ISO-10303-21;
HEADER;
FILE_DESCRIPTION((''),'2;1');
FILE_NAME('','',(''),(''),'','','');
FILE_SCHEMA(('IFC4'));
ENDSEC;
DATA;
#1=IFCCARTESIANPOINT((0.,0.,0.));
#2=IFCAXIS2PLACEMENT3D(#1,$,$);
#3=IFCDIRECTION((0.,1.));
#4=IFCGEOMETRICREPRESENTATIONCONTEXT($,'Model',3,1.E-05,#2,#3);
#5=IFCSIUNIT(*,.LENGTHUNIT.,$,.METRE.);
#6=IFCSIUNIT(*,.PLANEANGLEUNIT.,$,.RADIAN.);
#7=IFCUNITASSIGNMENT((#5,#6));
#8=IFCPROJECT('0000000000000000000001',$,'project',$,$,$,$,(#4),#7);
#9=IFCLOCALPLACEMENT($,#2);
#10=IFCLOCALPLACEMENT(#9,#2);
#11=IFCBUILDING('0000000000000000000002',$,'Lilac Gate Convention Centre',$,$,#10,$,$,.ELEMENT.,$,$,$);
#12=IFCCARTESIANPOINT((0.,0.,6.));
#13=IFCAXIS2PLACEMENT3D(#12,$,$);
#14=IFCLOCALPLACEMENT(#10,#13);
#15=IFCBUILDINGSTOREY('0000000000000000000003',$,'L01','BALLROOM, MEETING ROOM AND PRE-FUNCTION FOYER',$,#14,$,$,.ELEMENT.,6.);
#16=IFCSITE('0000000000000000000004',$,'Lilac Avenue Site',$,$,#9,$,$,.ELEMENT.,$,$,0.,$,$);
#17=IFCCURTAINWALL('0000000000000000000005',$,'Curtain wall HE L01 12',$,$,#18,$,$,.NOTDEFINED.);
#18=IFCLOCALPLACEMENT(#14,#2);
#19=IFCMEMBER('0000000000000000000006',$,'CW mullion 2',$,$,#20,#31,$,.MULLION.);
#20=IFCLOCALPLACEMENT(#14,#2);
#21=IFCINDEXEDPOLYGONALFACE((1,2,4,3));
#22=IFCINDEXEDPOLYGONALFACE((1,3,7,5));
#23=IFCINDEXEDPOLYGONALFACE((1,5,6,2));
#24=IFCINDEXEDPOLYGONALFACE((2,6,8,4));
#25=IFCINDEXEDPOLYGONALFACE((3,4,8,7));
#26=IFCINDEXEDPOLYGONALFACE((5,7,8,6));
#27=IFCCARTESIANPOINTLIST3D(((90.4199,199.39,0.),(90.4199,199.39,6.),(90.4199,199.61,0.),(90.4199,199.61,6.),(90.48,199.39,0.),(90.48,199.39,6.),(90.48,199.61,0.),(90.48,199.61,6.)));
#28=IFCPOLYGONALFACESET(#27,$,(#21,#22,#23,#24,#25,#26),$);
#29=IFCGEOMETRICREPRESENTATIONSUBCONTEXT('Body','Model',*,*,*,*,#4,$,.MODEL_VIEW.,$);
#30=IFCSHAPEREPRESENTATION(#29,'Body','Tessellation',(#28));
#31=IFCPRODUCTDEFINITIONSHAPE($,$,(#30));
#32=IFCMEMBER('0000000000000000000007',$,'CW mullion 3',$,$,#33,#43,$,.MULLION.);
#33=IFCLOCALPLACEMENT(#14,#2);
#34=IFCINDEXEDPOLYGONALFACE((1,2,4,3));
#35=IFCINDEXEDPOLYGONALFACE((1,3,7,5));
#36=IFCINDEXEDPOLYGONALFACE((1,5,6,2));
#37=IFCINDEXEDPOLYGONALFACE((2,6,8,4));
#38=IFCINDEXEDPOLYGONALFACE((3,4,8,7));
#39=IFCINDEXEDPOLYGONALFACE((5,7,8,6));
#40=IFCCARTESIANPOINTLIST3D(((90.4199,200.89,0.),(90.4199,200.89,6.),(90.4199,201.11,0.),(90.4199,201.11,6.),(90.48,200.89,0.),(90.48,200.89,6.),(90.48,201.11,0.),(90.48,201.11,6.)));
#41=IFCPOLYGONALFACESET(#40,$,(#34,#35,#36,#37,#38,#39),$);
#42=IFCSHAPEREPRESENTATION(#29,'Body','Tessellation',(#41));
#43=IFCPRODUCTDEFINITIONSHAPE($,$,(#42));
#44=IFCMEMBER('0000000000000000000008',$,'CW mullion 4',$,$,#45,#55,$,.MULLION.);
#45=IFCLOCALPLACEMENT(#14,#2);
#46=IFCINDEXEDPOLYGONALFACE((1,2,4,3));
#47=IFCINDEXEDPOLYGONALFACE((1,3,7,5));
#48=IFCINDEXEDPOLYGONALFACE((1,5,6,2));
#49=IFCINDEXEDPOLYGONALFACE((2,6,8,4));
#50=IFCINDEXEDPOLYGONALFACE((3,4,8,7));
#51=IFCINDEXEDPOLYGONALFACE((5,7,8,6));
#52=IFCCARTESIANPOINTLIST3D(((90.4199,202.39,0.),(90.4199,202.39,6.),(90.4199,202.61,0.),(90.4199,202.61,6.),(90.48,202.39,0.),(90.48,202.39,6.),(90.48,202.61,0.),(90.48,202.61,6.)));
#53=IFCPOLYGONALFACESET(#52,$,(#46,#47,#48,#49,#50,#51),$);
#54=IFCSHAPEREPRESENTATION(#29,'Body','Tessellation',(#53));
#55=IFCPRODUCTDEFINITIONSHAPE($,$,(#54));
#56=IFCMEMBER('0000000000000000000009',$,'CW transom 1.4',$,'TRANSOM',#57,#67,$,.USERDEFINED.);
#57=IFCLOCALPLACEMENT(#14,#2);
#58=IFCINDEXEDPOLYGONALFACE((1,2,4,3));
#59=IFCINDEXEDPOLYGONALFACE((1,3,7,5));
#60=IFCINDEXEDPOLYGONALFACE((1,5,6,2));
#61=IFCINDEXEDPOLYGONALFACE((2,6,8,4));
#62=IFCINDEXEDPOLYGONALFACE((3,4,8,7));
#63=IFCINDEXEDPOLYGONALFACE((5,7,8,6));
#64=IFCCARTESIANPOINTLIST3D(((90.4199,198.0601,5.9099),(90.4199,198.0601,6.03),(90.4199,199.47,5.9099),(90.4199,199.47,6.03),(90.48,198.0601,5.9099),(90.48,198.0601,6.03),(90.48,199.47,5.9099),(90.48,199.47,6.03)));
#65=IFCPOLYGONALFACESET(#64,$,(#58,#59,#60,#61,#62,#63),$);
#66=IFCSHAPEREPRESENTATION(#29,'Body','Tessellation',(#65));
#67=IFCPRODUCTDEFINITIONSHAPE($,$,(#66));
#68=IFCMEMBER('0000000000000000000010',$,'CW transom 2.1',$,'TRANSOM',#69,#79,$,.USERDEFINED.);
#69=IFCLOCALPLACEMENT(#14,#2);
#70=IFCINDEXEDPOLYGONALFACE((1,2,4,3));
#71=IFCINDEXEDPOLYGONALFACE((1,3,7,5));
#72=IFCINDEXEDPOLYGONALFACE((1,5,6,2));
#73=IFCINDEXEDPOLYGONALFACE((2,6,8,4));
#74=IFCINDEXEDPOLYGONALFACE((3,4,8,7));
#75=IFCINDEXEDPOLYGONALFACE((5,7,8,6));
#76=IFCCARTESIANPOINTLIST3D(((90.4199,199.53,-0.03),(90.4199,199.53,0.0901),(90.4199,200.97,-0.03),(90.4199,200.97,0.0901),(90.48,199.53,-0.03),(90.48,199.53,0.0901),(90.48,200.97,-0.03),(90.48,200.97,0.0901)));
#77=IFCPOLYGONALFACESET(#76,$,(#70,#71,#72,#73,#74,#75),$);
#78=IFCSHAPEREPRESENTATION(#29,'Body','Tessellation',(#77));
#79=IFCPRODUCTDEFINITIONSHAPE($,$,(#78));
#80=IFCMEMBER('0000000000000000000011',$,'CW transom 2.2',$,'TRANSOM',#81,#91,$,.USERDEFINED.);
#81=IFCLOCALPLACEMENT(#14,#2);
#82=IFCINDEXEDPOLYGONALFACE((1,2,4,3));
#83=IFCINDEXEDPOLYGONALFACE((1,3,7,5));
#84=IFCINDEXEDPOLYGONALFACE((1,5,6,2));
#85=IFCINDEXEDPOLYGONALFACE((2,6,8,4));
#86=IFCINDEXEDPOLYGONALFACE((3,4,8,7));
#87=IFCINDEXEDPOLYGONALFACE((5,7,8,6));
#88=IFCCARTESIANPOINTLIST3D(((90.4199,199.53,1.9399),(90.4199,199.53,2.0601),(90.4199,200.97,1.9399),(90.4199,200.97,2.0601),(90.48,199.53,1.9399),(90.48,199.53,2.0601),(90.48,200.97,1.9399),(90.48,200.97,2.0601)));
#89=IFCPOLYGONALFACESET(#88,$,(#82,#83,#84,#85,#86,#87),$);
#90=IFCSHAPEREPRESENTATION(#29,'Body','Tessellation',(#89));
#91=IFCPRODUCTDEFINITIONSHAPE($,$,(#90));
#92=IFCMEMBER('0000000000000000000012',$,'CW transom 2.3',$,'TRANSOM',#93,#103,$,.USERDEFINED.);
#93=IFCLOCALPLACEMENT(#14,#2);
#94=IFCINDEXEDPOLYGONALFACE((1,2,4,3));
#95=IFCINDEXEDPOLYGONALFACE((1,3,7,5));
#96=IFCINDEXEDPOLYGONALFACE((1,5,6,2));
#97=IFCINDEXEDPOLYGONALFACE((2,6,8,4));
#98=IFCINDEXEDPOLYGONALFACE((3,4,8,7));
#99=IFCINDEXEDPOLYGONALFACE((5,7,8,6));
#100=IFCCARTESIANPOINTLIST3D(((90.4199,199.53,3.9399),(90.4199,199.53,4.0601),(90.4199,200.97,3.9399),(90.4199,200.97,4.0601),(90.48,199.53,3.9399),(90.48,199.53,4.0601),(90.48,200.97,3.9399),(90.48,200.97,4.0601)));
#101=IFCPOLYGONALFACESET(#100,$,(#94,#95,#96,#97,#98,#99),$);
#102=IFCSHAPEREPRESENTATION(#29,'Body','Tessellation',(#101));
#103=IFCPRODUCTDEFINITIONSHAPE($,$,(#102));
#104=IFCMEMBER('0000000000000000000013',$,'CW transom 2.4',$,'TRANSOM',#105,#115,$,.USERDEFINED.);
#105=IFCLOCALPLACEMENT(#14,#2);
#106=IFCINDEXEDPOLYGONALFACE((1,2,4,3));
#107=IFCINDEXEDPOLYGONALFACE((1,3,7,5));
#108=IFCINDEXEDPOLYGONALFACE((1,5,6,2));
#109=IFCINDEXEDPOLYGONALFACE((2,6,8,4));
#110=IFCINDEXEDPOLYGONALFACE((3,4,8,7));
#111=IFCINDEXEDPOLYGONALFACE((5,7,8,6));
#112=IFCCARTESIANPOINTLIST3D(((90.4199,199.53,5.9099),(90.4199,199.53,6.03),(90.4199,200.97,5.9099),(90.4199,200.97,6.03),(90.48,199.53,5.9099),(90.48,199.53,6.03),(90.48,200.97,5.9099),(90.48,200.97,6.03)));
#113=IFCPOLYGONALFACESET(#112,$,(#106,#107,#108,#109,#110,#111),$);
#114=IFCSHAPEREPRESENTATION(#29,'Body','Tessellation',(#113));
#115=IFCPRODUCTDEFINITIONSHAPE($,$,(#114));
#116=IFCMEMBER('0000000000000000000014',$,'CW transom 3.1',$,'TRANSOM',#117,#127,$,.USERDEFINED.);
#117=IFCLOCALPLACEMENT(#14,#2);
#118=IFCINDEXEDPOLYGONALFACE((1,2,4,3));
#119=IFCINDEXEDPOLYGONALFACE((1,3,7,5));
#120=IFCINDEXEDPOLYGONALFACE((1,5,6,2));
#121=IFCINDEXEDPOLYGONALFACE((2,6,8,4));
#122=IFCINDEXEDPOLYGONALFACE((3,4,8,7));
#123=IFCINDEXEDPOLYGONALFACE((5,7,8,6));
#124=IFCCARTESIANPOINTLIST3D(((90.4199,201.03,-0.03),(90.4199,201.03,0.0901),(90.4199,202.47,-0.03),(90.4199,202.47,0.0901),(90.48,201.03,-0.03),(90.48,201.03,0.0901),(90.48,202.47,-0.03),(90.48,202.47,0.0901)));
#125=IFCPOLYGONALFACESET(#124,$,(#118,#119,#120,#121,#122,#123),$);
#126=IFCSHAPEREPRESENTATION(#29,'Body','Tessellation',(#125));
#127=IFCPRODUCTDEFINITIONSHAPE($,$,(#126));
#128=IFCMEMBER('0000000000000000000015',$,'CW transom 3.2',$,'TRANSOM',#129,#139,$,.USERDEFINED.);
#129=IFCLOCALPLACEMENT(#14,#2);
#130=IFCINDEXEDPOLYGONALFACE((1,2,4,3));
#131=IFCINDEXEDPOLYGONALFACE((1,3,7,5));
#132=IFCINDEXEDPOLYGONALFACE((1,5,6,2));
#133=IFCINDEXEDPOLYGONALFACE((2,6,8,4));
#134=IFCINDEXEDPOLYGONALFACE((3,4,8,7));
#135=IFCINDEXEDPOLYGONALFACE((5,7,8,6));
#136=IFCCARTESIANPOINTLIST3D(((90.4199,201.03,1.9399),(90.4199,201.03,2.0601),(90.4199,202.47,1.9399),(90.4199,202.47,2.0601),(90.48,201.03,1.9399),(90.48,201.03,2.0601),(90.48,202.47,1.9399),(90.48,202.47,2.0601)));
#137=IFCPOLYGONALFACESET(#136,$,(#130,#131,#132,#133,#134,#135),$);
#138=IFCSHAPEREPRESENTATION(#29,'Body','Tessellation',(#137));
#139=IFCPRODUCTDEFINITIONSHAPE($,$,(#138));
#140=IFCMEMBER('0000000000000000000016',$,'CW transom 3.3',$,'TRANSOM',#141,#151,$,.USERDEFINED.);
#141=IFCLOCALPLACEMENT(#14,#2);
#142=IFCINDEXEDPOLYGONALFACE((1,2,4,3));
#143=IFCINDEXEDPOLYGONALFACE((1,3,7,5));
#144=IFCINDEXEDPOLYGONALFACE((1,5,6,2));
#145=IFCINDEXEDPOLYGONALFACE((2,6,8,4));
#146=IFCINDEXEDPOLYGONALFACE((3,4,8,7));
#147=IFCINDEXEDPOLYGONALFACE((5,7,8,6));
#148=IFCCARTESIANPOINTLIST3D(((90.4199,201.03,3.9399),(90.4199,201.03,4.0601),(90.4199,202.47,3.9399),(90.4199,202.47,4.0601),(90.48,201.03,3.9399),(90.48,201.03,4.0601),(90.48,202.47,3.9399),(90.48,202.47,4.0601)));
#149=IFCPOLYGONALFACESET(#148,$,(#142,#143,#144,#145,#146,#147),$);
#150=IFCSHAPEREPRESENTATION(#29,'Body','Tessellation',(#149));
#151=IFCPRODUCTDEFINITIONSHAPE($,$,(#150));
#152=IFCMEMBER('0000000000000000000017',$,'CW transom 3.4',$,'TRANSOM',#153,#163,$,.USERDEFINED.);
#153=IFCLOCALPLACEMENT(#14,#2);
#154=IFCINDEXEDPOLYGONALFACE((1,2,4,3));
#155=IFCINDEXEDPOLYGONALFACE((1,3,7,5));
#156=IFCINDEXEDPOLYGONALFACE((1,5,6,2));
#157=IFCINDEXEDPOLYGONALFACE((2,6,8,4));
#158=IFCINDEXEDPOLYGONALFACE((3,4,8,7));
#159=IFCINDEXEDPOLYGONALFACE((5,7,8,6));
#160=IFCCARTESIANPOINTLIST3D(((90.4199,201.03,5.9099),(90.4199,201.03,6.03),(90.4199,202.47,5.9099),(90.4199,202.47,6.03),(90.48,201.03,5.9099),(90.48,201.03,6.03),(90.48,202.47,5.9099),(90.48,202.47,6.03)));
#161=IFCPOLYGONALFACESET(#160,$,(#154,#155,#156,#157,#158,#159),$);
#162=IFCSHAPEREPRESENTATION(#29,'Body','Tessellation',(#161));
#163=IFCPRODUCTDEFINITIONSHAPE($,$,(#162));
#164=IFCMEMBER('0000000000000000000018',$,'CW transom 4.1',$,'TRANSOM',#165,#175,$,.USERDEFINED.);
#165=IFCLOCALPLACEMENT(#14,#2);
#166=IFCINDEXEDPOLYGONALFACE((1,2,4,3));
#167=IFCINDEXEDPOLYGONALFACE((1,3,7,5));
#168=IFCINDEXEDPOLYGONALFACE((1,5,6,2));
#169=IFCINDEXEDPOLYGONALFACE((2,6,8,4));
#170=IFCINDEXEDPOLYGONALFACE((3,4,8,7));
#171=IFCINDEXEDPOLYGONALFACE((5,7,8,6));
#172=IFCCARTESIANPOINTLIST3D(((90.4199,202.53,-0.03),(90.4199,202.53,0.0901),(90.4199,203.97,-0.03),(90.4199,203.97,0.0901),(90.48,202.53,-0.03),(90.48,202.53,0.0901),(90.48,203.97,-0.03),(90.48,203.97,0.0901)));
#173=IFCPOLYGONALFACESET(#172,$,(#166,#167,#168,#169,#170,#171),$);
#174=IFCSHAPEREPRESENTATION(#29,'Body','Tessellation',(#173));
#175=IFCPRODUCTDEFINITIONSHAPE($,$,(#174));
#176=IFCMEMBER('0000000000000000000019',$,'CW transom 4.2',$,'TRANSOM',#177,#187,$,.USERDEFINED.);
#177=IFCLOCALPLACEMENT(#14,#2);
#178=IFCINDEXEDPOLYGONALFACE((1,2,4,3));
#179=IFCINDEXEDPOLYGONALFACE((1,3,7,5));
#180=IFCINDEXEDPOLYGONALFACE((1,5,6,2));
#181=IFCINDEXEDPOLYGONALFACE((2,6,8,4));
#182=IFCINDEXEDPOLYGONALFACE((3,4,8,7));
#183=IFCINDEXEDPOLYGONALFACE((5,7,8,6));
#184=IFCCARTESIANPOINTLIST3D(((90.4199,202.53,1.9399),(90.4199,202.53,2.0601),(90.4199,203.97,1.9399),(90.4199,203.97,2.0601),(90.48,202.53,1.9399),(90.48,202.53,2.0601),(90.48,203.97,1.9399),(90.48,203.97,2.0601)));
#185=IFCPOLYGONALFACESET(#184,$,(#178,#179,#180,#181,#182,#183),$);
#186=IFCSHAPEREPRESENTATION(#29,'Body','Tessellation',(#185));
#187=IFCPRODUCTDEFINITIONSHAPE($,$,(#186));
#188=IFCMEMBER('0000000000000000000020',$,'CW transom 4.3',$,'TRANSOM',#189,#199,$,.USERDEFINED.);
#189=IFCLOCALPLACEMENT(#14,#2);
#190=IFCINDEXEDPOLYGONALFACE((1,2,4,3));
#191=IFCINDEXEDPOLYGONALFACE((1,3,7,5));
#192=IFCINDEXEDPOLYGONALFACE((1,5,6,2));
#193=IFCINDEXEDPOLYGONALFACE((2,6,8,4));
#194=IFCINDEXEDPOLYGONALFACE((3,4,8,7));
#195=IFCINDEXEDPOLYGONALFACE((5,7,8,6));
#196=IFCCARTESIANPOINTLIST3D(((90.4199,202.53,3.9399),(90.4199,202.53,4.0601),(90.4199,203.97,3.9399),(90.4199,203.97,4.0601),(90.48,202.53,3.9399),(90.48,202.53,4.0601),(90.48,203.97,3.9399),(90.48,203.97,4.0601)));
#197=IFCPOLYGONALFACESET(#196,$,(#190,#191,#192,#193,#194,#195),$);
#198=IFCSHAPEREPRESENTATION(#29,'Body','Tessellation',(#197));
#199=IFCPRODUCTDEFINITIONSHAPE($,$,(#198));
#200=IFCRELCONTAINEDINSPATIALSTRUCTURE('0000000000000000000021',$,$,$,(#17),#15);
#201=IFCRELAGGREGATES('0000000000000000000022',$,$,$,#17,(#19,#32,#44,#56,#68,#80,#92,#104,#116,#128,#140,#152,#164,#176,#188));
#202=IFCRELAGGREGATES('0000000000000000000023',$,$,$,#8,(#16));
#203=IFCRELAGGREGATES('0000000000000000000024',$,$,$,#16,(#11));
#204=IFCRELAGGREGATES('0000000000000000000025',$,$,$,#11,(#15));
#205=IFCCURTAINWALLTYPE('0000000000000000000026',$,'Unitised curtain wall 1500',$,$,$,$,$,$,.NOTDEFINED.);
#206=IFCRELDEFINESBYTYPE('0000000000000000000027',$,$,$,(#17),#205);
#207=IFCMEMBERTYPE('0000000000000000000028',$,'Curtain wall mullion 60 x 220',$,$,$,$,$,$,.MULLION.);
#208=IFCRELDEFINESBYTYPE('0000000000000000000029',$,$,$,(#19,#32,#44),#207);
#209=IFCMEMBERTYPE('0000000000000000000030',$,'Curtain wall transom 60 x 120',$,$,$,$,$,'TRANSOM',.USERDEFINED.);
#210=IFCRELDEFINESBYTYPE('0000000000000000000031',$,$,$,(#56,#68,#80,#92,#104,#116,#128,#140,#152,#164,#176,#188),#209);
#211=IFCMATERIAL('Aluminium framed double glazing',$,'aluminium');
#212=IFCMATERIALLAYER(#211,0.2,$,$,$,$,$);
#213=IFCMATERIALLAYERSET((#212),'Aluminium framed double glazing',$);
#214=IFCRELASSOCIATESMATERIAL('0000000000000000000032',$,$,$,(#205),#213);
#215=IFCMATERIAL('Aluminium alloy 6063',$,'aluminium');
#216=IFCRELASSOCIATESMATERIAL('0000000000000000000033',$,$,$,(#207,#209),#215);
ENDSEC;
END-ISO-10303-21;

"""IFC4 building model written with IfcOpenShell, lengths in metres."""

from ifc_helpers import new_model, si_unit, direction, frame, origin, origin_2d, place, context, subcontext, project, spatial, rectangle, extrude, material, layer, layer_set, material_profile, profile_set, type_object, element, aggregate, save


model = new_model("IFC4")

# Units and contexts
model_context = context("Model", 3, precision=1e-05, world=origin(), true_north=direction((0.0, 1.0)))
body_context = subcontext(model_context, "Body", "Model", "MODEL_VIEW")
ifc_project = project(units=[si_unit("LENGTHUNIT", "METRE"), si_unit("PLANEANGLEUNIT", "RADIAN")], contexts=[model_context])

# Site, building, storey
site_placement = place(None, origin())
site = spatial("IfcSite", under=ifc_project, at=site_placement, Name="Lilac Avenue Site", CompositionType="ELEMENT", RefElevation=0.0)
building_placement = place(site_placement, origin())
building = spatial("IfcBuilding", under=site, at=building_placement, Name="Lilac Gate Convention Centre", CompositionType="ELEMENT")
storey_placement = place(building_placement, frame((0.0, 0.0, 6.0)))
storey = spatial("IfcBuildingStorey", under=building, at=storey_placement, Name="L01", Description="BALLROOM, MEETING ROOM AND PRE-FUNCTION FOYER", CompositionType="ELEMENT", Elevation=6.0)

# Curtain wall, members
ifc_material_1 = material(Name="Aluminium framed double glazing", Category="aluminium")
ifc_layer_1 = layer(ifc_material_1, 0.2)
ifc_layer_set_1 = layer_set([ifc_layer_1], Name="Aluminium framed double glazing")
curtain_wall_type = type_object("IfcCurtainWallType", Name="Unitised curtain wall 1500", PredefinedType="NOTDEFINED", material=ifc_layer_set_1)
curtain_wall_placement = place(storey_placement, origin())
curtain_wall = element("IfcCurtainWall", 1, at=curtain_wall_placement, inside=storey, type_object=curtain_wall_type, Name="Curtain wall HE L01 12", PredefinedType="NOTDEFINED")
ifc_material_2 = material(Name="Aluminium alloy 6063", Category="aluminium")
ifc_material_profile_1 = material_profile(ifc_material_2, rectangle(XDim=0.0601, YDim=0.22, at=origin_2d()), Name="Curtain wall mullion 60 x 220")
ifc_profile_set_1 = profile_set([ifc_material_profile_1], Name="Aluminium alloy 6063")
member_type_1 = type_object("IfcMemberType", Name="Curtain wall mullion 60 x 220", PredefinedType="MULLION", material=ifc_profile_set_1)
member_1_placement = place(storey_placement, frame((90.45, 199.5, 0.0), z_axis=(0.0, 0.0, 1.0), x_axis=(-1.0, 0.0, 0.0)))
member_1 = element("IfcMember", 2, at=member_1_placement, type_object=member_type_1, Name="CW mullion 2", PredefinedType="MULLION", context=body_context, shape_type="SweptSolid", body=[
    extrude(rectangle(XDim=0.0601, YDim=0.22, at=origin_2d()), origin(), (0.0, 0.0, 1.0), 6.0),
])
member_2_placement = place(storey_placement, frame((90.45, 201.0, 0.0), z_axis=(0.0, 0.0, 1.0), x_axis=(-1.0, 0.0, 0.0)))
member_2 = element("IfcMember", 3, at=member_2_placement, type_object=member_type_1, Name="CW mullion 3", PredefinedType="MULLION", context=body_context, shape_type="SweptSolid", body=[
    extrude(rectangle(XDim=0.0601, YDim=0.22, at=origin_2d()), origin(), (0.0, 0.0, 1.0), 6.0),
])
member_3_placement = place(storey_placement, frame((90.45, 202.5, 0.0), z_axis=(0.0, 0.0, 1.0), x_axis=(-1.0, 0.0, 0.0)))
member_3 = element("IfcMember", 4, at=member_3_placement, type_object=member_type_1, Name="CW mullion 4", PredefinedType="MULLION", context=body_context, shape_type="SweptSolid", body=[
    extrude(rectangle(XDim=0.0601, YDim=0.22, at=origin_2d()), origin(), (0.0, 0.0, 1.0), 6.0),
])
ifc_material_profile_2 = material_profile(ifc_material_2, rectangle(XDim=0.0601, YDim=0.1201, at=origin_2d()), Name="Curtain wall transom 60 x 120")
ifc_profile_set_2 = profile_set([ifc_material_profile_2], Name="Aluminium alloy 6063")
member_type_2 = type_object("IfcMemberType", Name="Curtain wall transom 60 x 120", ElementType="TRANSOM", PredefinedType="USERDEFINED", material=ifc_profile_set_2)
member_4_placement = place(storey_placement, frame((90.45, 198.0601, 5.97), z_axis=(0.0, 1.0, 0.0), x_axis=(-1.0, 0.0, 0.0)))
member_4 = element("IfcMember", 5, at=member_4_placement, type_object=member_type_2, Name="CW transom 1.4", ObjectType="TRANSOM", PredefinedType="USERDEFINED", context=body_context, shape_type="SweptSolid", body=[
    extrude(rectangle(XDim=0.0601, YDim=0.1201, at=origin_2d()), origin(), (0.0, 0.0, 1.0), 1.4099),
])
member_5_placement = place(storey_placement, frame((90.45, 199.53, 0.03), z_axis=(0.0, 1.0, 0.0), x_axis=(-1.0, 0.0, 0.0)))
member_5 = element("IfcMember", 6, at=member_5_placement, type_object=member_type_2, Name="CW transom 2.1", ObjectType="TRANSOM", PredefinedType="USERDEFINED", context=body_context, shape_type="SweptSolid", body=[
    extrude(rectangle(XDim=0.0601, YDim=0.1201, at=origin_2d()), origin(), (0.0, 0.0, 1.0), 1.4399),
])
member_6_placement = place(storey_placement, frame((90.45, 199.53, 2.0), z_axis=(0.0, 1.0, 0.0), x_axis=(-1.0, 0.0, 0.0)))
member_6 = element("IfcMember", 7, at=member_6_placement, type_object=member_type_2, Name="CW transom 2.2", ObjectType="TRANSOM", PredefinedType="USERDEFINED", context=body_context, shape_type="SweptSolid", body=[
    extrude(rectangle(XDim=0.0601, YDim=0.1201, at=origin_2d()), origin(), (0.0, 0.0, 1.0), 1.4399),
])
member_7_placement = place(storey_placement, frame((90.45, 199.53, 4.0), z_axis=(0.0, 1.0, 0.0), x_axis=(-1.0, 0.0, 0.0)))
member_7 = element("IfcMember", 8, at=member_7_placement, type_object=member_type_2, Name="CW transom 2.3", ObjectType="TRANSOM", PredefinedType="USERDEFINED", context=body_context, shape_type="SweptSolid", body=[
    extrude(rectangle(XDim=0.0601, YDim=0.1201, at=origin_2d()), origin(), (0.0, 0.0, 1.0), 1.4399),
])
member_8_placement = place(storey_placement, frame((90.45, 199.53, 5.97), z_axis=(0.0, 1.0, 0.0), x_axis=(-1.0, 0.0, 0.0)))
member_8 = element("IfcMember", 9, at=member_8_placement, type_object=member_type_2, Name="CW transom 2.4", ObjectType="TRANSOM", PredefinedType="USERDEFINED", context=body_context, shape_type="SweptSolid", body=[
    extrude(rectangle(XDim=0.0601, YDim=0.1201, at=origin_2d()), origin(), (0.0, 0.0, 1.0), 1.4399),
])
member_9_placement = place(storey_placement, frame((90.45, 201.03, 0.03), z_axis=(0.0, 1.0, 0.0), x_axis=(-1.0, 0.0, 0.0)))
member_9 = element("IfcMember", 10, at=member_9_placement, type_object=member_type_2, Name="CW transom 3.1", ObjectType="TRANSOM", PredefinedType="USERDEFINED", context=body_context, shape_type="SweptSolid", body=[
    extrude(rectangle(XDim=0.0601, YDim=0.1201, at=origin_2d()), origin(), (0.0, 0.0, 1.0), 1.4399),
])
member_10_placement = place(storey_placement, frame((90.45, 201.03, 2.0), z_axis=(0.0, 1.0, 0.0), x_axis=(-1.0, 0.0, 0.0)))
member_10 = element("IfcMember", 11, at=member_10_placement, type_object=member_type_2, Name="CW transom 3.2", ObjectType="TRANSOM", PredefinedType="USERDEFINED", context=body_context, shape_type="SweptSolid", body=[
    extrude(rectangle(XDim=0.0601, YDim=0.1201, at=origin_2d()), origin(), (0.0, 0.0, 1.0), 1.4399),
])
member_11_placement = place(storey_placement, frame((90.45, 201.03, 4.0), z_axis=(0.0, 1.0, 0.0), x_axis=(-1.0, 0.0, 0.0)))
member_11 = element("IfcMember", 12, at=member_11_placement, type_object=member_type_2, Name="CW transom 3.3", ObjectType="TRANSOM", PredefinedType="USERDEFINED", context=body_context, shape_type="SweptSolid", body=[
    extrude(rectangle(XDim=0.0601, YDim=0.1201, at=origin_2d()), origin(), (0.0, 0.0, 1.0), 1.4399),
])
member_12_placement = place(storey_placement, frame((90.45, 201.03, 5.97), z_axis=(0.0, 1.0, 0.0), x_axis=(-1.0, 0.0, 0.0)))
member_12 = element("IfcMember", 13, at=member_12_placement, type_object=member_type_2, Name="CW transom 3.4", ObjectType="TRANSOM", PredefinedType="USERDEFINED", context=body_context, shape_type="SweptSolid", body=[
    extrude(rectangle(XDim=0.0601, YDim=0.1201, at=origin_2d()), origin(), (0.0, 0.0, 1.0), 1.4399),
])
member_13_placement = place(storey_placement, frame((90.45, 202.53, 0.03), z_axis=(0.0, 1.0, 0.0), x_axis=(-1.0, 0.0, 0.0)))
member_13 = element("IfcMember", 14, at=member_13_placement, type_object=member_type_2, Name="CW transom 4.1", ObjectType="TRANSOM", PredefinedType="USERDEFINED", context=body_context, shape_type="SweptSolid", body=[
    extrude(rectangle(XDim=0.0601, YDim=0.1201, at=origin_2d()), origin(), (0.0, 0.0, 1.0), 1.4399),
])
member_14_placement = place(storey_placement, frame((90.45, 202.53, 2.0), z_axis=(0.0, 1.0, 0.0), x_axis=(-1.0, 0.0, 0.0)))
member_14 = element("IfcMember", 15, at=member_14_placement, type_object=member_type_2, Name="CW transom 4.2", ObjectType="TRANSOM", PredefinedType="USERDEFINED", context=body_context, shape_type="SweptSolid", body=[
    extrude(rectangle(XDim=0.0601, YDim=0.1201, at=origin_2d()), origin(), (0.0, 0.0, 1.0), 1.4399),
])
member_15_placement = place(storey_placement, frame((90.45, 202.53, 4.0), z_axis=(0.0, 1.0, 0.0), x_axis=(-1.0, 0.0, 0.0)))
member_15 = element("IfcMember", 16, at=member_15_placement, type_object=member_type_2, Name="CW transom 4.3", ObjectType="TRANSOM", PredefinedType="USERDEFINED", context=body_context, shape_type="SweptSolid", body=[
    extrude(rectangle(XDim=0.0601, YDim=0.1201, at=origin_2d()), origin(), (0.0, 0.0, 1.0), 1.4399),
])

aggregate(curtain_wall, [member_1, member_2, member_3, member_4, member_5, member_6, member_7, member_8, member_9, member_10, member_11, member_12, member_13, member_14, member_15])

save(model, "model.ifc")
